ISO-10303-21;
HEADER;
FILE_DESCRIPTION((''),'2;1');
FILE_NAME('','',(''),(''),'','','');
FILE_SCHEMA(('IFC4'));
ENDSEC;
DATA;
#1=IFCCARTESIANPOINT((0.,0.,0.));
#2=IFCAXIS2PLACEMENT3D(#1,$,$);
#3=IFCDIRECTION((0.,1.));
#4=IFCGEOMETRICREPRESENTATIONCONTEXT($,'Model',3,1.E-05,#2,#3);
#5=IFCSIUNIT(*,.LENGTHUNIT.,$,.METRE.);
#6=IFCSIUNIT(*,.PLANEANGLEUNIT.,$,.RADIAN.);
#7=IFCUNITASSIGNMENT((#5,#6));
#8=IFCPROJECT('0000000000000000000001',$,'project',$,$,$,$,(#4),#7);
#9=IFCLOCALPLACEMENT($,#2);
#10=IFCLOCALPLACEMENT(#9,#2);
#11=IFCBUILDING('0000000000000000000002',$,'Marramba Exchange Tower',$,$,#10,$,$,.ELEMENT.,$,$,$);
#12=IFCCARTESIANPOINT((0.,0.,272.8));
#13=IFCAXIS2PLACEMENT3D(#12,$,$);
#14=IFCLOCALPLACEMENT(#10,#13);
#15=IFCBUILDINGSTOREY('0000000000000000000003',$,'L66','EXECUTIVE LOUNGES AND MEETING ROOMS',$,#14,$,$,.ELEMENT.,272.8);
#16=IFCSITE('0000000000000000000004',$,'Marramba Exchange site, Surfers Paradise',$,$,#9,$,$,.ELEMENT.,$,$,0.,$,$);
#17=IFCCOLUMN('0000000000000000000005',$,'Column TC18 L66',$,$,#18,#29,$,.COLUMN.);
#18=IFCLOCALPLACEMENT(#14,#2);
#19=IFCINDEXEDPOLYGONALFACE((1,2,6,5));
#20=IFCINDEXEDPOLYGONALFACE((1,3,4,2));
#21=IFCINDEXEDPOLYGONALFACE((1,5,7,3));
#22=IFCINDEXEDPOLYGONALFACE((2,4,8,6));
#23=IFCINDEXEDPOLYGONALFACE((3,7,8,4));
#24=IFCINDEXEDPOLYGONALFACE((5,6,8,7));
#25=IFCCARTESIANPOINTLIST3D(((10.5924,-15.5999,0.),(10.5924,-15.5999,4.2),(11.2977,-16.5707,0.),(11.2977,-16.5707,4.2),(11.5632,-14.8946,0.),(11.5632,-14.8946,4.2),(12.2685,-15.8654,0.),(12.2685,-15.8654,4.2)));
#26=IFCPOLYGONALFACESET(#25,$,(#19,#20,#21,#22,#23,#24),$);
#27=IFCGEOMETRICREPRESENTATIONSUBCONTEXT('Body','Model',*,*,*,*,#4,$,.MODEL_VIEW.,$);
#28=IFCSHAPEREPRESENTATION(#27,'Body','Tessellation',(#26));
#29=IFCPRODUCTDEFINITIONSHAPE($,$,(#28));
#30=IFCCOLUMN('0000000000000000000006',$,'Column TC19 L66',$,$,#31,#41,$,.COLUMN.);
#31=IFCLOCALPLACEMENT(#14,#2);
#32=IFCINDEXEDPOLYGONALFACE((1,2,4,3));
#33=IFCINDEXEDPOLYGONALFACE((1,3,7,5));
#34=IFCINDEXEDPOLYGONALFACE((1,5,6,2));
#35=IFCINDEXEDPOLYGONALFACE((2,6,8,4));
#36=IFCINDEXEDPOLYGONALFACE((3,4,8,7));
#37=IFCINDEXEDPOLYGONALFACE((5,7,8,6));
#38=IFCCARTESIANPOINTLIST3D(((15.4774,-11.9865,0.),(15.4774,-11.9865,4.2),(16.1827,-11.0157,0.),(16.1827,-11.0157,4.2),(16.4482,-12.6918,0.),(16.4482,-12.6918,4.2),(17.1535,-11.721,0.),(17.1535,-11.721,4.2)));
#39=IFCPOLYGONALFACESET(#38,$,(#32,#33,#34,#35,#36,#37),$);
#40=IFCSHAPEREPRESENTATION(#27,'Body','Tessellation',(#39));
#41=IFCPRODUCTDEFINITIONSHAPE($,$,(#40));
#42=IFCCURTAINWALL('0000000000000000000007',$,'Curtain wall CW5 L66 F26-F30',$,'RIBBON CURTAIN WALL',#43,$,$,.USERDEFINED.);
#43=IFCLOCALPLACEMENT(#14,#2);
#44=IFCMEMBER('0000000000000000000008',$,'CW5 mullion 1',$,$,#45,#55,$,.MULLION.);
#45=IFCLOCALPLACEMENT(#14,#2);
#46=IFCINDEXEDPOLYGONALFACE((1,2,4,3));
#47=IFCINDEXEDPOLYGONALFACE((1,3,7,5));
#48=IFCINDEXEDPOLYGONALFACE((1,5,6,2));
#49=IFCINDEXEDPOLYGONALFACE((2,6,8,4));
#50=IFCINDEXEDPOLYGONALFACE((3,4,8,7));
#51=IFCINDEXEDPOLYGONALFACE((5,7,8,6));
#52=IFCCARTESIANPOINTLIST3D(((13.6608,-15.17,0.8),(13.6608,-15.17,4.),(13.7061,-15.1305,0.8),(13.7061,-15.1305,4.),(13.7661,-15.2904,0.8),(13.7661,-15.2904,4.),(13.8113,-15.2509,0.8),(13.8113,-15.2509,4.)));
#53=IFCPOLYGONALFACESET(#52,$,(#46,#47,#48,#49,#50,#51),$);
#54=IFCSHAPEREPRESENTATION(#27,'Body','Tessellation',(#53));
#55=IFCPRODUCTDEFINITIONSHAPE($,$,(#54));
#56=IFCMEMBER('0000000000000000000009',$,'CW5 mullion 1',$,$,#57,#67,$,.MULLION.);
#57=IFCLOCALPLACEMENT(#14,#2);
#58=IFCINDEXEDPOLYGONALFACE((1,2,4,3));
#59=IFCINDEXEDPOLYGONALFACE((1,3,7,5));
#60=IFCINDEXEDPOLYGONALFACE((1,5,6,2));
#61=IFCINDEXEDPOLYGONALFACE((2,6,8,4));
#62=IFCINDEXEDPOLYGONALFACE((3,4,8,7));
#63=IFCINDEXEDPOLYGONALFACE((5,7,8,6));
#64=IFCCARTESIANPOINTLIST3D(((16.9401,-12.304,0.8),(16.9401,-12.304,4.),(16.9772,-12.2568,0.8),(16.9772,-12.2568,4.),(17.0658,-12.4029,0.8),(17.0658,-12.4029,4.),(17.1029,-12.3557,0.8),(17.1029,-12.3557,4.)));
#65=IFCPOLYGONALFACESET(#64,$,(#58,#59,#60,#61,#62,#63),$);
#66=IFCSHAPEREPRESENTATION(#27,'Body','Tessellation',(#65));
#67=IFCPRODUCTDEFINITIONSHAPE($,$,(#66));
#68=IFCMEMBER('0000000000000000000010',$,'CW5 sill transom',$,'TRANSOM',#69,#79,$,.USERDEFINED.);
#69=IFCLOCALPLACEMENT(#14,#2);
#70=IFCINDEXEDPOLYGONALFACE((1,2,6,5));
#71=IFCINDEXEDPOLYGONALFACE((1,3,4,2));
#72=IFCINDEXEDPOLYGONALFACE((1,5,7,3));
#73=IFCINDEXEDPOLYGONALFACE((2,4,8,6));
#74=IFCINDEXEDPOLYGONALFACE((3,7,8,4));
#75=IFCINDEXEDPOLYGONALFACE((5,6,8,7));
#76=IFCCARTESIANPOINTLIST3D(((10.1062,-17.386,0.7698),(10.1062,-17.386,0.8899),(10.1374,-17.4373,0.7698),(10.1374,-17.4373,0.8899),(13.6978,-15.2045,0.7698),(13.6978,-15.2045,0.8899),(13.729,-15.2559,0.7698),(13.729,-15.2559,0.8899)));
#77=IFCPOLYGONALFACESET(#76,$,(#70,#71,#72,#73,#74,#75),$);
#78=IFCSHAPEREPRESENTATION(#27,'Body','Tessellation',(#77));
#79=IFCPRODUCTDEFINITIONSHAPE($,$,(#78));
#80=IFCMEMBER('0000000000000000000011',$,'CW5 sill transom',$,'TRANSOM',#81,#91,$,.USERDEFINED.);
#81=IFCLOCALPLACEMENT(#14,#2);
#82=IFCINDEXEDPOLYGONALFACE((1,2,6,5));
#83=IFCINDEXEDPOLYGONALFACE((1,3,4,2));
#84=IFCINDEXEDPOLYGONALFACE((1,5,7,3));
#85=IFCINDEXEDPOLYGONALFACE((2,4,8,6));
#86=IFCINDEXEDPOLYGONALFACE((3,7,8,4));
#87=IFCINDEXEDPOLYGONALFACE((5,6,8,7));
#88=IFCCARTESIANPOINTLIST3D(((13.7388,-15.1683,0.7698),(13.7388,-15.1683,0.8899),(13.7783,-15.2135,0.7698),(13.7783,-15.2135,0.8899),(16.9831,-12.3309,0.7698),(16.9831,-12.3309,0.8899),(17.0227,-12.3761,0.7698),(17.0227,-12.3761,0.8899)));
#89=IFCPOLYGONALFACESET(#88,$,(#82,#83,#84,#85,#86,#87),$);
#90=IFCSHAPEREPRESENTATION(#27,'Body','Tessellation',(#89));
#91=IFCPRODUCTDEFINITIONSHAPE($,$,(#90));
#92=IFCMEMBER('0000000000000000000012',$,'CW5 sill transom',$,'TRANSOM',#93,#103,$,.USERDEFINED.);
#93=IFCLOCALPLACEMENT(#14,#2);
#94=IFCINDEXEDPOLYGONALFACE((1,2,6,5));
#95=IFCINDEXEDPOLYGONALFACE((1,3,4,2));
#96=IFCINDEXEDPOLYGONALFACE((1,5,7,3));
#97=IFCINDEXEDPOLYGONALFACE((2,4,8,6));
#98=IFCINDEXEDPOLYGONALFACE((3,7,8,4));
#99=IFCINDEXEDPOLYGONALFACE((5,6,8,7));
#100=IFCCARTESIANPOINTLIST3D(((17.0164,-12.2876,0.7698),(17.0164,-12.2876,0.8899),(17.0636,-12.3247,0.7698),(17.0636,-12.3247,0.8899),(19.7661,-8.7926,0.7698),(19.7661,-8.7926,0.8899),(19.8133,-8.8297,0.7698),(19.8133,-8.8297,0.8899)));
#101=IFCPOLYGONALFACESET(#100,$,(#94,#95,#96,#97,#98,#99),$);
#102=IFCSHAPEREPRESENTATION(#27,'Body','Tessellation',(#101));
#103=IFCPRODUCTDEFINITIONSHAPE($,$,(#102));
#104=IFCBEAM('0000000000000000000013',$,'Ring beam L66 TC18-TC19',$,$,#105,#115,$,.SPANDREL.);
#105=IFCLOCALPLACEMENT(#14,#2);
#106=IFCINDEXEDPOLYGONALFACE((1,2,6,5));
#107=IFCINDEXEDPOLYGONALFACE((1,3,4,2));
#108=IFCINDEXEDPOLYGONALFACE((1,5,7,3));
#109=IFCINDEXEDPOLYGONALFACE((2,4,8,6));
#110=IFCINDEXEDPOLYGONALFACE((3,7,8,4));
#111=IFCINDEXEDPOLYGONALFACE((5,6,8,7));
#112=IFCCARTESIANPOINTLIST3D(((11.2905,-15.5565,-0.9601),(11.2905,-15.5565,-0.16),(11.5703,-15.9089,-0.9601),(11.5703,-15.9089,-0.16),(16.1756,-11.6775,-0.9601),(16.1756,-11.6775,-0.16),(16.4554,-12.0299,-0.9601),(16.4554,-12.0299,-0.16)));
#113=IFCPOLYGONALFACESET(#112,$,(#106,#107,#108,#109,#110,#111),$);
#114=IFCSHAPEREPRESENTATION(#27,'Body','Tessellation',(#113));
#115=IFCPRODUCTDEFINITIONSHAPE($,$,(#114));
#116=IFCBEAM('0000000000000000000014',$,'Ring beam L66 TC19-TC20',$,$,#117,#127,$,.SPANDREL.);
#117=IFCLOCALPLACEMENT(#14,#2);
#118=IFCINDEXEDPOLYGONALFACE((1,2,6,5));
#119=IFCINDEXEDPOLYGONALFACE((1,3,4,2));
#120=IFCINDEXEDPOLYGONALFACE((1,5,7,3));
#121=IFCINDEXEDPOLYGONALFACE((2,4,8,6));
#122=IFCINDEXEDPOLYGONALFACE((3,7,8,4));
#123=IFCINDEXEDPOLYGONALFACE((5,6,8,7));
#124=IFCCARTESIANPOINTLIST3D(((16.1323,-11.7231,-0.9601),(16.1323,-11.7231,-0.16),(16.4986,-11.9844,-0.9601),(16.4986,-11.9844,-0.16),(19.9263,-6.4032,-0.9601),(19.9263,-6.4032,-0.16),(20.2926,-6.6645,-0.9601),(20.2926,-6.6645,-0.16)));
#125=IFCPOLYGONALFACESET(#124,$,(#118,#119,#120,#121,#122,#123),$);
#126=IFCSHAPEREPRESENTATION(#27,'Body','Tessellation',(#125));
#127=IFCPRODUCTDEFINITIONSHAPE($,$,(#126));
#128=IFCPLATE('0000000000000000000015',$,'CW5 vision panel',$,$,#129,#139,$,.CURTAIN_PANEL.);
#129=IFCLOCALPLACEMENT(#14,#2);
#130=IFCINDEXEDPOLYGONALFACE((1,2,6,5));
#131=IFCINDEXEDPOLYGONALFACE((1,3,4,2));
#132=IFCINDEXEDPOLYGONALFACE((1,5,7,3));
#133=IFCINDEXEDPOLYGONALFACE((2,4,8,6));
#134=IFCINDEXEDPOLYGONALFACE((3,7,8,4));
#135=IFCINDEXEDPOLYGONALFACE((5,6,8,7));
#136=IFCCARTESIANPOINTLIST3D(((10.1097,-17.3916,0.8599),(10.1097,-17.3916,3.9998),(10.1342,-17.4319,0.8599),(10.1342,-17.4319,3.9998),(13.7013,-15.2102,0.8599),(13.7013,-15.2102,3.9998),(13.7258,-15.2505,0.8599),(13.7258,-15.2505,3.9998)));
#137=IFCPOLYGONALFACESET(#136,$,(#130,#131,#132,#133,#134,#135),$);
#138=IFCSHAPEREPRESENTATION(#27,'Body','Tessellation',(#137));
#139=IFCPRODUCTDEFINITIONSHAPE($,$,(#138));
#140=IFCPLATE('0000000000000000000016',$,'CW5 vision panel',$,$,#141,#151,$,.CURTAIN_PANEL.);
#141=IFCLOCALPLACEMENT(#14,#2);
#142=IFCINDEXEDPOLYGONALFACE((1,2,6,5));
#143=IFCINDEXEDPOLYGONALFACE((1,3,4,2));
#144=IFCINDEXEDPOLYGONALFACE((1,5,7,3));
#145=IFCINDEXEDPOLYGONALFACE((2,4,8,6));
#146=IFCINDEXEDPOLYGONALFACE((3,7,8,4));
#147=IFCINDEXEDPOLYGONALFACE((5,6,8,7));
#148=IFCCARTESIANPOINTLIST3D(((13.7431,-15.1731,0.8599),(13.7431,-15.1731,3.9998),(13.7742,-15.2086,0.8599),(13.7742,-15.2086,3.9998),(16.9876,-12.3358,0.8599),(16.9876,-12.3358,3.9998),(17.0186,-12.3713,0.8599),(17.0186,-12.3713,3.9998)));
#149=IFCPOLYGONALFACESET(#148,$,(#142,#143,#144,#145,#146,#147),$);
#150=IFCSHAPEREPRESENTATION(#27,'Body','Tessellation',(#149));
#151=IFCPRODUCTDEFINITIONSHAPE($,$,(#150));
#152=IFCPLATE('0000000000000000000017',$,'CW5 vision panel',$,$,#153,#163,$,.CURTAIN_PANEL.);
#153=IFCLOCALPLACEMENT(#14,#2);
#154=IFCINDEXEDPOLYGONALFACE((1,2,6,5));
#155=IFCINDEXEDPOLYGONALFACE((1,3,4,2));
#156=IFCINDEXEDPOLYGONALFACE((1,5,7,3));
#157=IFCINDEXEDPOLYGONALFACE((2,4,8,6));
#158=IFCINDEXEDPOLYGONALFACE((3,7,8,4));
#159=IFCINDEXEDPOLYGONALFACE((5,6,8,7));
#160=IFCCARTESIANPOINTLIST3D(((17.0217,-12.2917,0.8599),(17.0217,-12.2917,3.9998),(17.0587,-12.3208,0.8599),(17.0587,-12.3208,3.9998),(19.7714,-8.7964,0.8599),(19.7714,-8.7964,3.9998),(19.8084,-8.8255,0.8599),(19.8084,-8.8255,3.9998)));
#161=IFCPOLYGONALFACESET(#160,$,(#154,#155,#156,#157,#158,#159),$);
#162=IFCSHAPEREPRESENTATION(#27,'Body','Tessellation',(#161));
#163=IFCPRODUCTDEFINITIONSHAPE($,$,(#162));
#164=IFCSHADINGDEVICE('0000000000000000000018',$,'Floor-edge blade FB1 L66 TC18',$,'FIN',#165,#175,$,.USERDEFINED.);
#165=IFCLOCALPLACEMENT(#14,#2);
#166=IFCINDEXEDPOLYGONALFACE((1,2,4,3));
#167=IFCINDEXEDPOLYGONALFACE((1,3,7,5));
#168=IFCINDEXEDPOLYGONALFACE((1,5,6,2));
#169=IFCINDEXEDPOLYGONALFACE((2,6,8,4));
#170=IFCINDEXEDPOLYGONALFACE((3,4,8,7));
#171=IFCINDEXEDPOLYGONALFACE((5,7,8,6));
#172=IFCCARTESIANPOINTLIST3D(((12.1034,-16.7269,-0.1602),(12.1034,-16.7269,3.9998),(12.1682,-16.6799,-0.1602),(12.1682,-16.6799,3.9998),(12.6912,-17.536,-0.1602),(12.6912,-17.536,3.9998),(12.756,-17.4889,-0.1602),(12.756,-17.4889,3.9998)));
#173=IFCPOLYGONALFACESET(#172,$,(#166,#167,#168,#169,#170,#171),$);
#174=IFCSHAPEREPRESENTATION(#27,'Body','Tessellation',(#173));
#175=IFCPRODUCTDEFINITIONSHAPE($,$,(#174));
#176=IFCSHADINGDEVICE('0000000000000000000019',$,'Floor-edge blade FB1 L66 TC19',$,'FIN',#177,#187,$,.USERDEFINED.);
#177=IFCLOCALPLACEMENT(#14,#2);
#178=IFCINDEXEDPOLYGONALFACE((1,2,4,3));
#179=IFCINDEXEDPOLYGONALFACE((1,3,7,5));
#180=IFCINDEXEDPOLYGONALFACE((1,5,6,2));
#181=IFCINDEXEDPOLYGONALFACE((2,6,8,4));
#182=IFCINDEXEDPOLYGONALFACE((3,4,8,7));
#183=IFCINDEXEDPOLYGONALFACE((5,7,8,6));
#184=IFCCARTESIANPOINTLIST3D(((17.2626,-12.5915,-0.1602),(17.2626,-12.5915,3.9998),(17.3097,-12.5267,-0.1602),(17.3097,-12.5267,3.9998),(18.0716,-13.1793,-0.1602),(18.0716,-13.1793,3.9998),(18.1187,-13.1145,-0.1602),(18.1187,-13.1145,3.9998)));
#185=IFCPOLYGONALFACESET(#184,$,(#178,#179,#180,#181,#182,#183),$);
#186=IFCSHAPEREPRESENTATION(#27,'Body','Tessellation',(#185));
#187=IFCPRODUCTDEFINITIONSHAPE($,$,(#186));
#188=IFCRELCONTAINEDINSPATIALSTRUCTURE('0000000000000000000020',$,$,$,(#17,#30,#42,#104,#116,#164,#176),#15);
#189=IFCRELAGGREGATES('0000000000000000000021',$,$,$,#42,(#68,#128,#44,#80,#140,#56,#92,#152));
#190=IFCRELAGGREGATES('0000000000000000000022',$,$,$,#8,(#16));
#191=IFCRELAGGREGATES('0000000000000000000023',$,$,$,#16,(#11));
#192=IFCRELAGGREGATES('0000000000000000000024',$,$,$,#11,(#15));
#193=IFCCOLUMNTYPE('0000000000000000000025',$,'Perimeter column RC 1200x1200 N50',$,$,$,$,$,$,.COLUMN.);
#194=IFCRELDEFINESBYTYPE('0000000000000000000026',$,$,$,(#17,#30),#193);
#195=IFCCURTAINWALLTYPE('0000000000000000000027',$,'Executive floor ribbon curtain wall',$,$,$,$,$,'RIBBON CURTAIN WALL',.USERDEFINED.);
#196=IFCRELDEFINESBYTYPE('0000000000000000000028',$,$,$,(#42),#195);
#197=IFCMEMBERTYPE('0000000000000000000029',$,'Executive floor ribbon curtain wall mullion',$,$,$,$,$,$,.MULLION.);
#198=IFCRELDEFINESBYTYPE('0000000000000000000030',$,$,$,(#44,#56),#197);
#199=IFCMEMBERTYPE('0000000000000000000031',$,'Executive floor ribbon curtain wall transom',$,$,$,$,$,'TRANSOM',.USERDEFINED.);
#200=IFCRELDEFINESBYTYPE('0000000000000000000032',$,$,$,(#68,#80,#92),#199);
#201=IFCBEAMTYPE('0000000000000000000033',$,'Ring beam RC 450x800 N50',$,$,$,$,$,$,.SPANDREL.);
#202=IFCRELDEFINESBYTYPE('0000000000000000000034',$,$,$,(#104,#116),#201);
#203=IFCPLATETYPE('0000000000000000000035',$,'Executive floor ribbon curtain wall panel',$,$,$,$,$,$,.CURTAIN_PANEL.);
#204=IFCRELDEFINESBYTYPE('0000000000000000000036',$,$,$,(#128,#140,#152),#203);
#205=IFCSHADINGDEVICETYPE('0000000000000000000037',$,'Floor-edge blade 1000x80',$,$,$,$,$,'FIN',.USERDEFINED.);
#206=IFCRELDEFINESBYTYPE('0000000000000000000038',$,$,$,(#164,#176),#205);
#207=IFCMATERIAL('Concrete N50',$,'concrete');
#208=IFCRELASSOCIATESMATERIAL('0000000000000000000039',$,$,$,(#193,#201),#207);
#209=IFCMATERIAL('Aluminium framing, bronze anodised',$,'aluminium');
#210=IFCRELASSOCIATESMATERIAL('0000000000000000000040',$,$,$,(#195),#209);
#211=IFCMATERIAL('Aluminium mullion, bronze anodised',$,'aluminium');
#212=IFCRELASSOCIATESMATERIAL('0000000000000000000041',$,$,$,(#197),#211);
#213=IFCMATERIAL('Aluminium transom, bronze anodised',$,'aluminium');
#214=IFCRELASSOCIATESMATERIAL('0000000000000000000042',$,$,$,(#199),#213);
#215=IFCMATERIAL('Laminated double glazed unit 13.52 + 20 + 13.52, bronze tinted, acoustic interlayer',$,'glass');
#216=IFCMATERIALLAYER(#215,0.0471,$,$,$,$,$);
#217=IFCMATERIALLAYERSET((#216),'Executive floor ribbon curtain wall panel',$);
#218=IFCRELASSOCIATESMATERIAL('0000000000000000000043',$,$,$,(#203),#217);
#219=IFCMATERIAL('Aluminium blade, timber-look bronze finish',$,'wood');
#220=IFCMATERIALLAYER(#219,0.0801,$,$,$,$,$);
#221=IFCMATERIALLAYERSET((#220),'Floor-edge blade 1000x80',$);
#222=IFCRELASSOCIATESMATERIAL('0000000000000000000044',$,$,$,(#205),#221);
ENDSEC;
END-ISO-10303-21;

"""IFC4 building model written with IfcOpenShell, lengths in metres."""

from ifc_helpers import new_model, si_unit, direction, frame, origin, origin_2d, place, context, subcontext, project, spatial, rectangle, extrude, material, layer, layer_set, material_profile, profile_set, type_object, element, aggregate, save


model = new_model("IFC4")

# Units and contexts
model_context = context("Model", 3, precision=1e-05, world=origin(), true_north=direction((0.0, 1.0)))
body_context = subcontext(model_context, "Body", "Model", "MODEL_VIEW")
ifc_project = project(units=[si_unit("LENGTHUNIT", "METRE"), si_unit("PLANEANGLEUNIT", "RADIAN")], contexts=[model_context])

# Site, building, storey
site_placement = place(None, origin())
site = spatial("IfcSite", under=ifc_project, at=site_placement, Name="Marramba Exchange site, Surfers Paradise", CompositionType="ELEMENT", RefElevation=0.0)
building_placement = place(site_placement, origin())
building = spatial("IfcBuilding", under=site, at=building_placement, Name="Marramba Exchange Tower", CompositionType="ELEMENT")
storey_placement = place(building_placement, frame((0.0, 0.0, 272.8)))
storey = spatial("IfcBuildingStorey", under=building, at=storey_placement, Name="L66", Description="EXECUTIVE LOUNGES AND MEETING ROOMS", CompositionType="ELEMENT", Elevation=272.8)

# Columns
ifc_material_1 = material(Name="Concrete N50", Category="concrete")
ifc_material_profile_1 = material_profile(ifc_material_1, rectangle(XDim=1.2, YDim=1.2, at=origin_2d()), Name="RC 1200x1200")
ifc_profile_set_1 = profile_set([ifc_material_profile_1], Name="Concrete N50")
column_type = type_object("IfcColumnType", Name="Perimeter column RC 1200x1200 N50", PredefinedType="COLUMN", material=ifc_profile_set_1)
for number, where, z_axis, x_axis, name in (
    (1, (11.4304, -15.7327, 0.0), (0.0, 0.0, 1.0), (0.587785, -0.809017, 0.0), "Column TC18 L66"),
    (2, (16.3154, -11.8538, 0.0), (0.0, 0.0, 1.0), (0.809017, -0.587785, 0.0), "Column TC19 L66"),
):
    element("IfcColumn", number, at=place(storey_placement, frame(where, z_axis=z_axis, x_axis=x_axis)), inside=storey, type_object=column_type, Name=name, PredefinedType="COLUMN", context=body_context, shape_type="SweptSolid", body=[
        extrude(rectangle(XDim=1.2, YDim=1.2, at=origin_2d()), origin(), (0.0, 0.0, 1.0), 4.2),
    ])

# Curtain wall, members
ifc_material_2 = material(Name="Aluminium framing, bronze anodised", Category="aluminium")
curtain_wall_type = type_object("IfcCurtainWallType", Name="Executive floor ribbon curtain wall", ElementType="RIBBON CURTAIN WALL", PredefinedType="USERDEFINED", material=ifc_material_2)
curtain_wall_placement = place(storey_placement, origin())
curtain_wall = element("IfcCurtainWall", 3, at=curtain_wall_placement, inside=storey, type_object=curtain_wall_type, Name="Curtain wall CW5 L66 F26-F30", ObjectType="RIBBON CURTAIN WALL", PredefinedType="USERDEFINED")
ifc_material_3 = material(Name="Aluminium mullion, bronze anodised", Category="aluminium")
ifc_material_profile_2 = material_profile(ifc_material_3, rectangle(XDim=0.1599, YDim=0.0601, at=origin_2d()), Name="CW5 mullion 60x160")
ifc_profile_set_2 = profile_set([ifc_material_profile_2], Name="Aluminium mullion, bronze anodised")
member_type_1 = type_object("IfcMemberType", Name="Executive floor ribbon curtain wall mullion", PredefinedType="MULLION", material=ifc_profile_set_2)
member_1_placement = place(storey_placement, frame((13.7361, -15.2104, 0.8), z_axis=(0.0, 0.0, 1.0), x_axis=(-0.658305, 0.752751, 0.0)))
member_1 = element("IfcMember", 4, at=member_1_placement, type_object=member_type_1, Name="CW5 mullion 1", PredefinedType="MULLION", context=body_context, shape_type="SweptSolid", body=[
    extrude(rectangle(XDim=0.1599, YDim=0.0601, at=origin_2d()), origin(), (0.0, 0.0, 1.0), 3.2),
])
member_2_placement = place(storey_placement, frame((17.0215, -12.3298, 0.8), z_axis=(0.0, 0.0, 1.0), x_axis=(-0.78595, 0.618291, 0.0)))
member_2 = element("IfcMember", 5, at=member_2_placement, type_object=member_type_1, Name="CW5 mullion 1", PredefinedType="MULLION", context=body_context, shape_type="SweptSolid", body=[
    extrude(rectangle(XDim=0.1599, YDim=0.0601, at=origin_2d()), origin(), (0.0, 0.0, 1.0), 3.2),
])
ifc_material_4 = material(Name="Aluminium transom, bronze anodised", Category="aluminium")
ifc_material_profile_3 = material_profile(ifc_material_4, rectangle(XDim=0.0601, YDim=0.1201, at=origin_2d()), Name="CW5 transom 60x120")
ifc_profile_set_3 = profile_set([ifc_material_profile_3], Name="Aluminium transom, bronze anodised")
member_type_2 = type_object("IfcMemberType", Name="Executive floor ribbon curtain wall transom", ElementType="TRANSOM", PredefinedType="USERDEFINED", material=ifc_profile_set_3)
member_3_placement = place(storey_placement, frame((10.1218, -17.4116, 0.8298), z_axis=(0.854702, 0.519119, 0.0), x_axis=(-0.519119, 0.854702, 0.0)))
member_3 = element("IfcMember", 6, at=member_3_placement, type_object=member_type_2, Name="CW5 sill transom", ObjectType="TRANSOM", PredefinedType="USERDEFINED", context=body_context, shape_type="SweptSolid", body=[
    extrude(rectangle(XDim=0.0601, YDim=0.1201, at=origin_2d()), origin(), (0.0, 0.0, 1.0), 4.2021),
])
member_4_placement = place(storey_placement, frame((13.7585, -15.1909, 0.8298), z_axis=(0.752742, 0.658316, 0.0), x_axis=(-0.658316, 0.752742, 0.0)))
member_4 = element("IfcMember", 7, at=member_4_placement, type_object=member_type_2, Name="CW5 sill transom", ObjectType="TRANSOM", PredefinedType="USERDEFINED", context=body_context, shape_type="SweptSolid", body=[
    extrude(rectangle(XDim=0.0601, YDim=0.1201, at=origin_2d()), origin(), (0.0, 0.0, 1.0), 4.3101),
])
member_5_placement = place(storey_placement, frame((17.04, -12.3062, 0.8298), z_axis=(0.618321, 0.785926, 0.0), x_axis=(-0.785926, 0.618321, 0.0)))
member_5 = element("IfcMember", 8, at=member_5_placement, type_object=member_type_2, Name="CW5 sill transom", ObjectType="TRANSOM", PredefinedType="USERDEFINED", context=body_context, shape_type="SweptSolid", body=[
    extrude(rectangle(XDim=0.0601, YDim=0.1201, at=origin_2d()), origin(), (0.0, 0.0, 1.0), 4.447),
])

# Beams
ifc_material_profile_4 = material_profile(ifc_material_1, rectangle(XDim=0.45, YDim=0.8, at=origin_2d()), Name="RC 450x800")
ifc_profile_set_4 = profile_set([ifc_material_profile_4], Name="Concrete N50")
beam_type = type_object("IfcBeamType", Name="Ring beam RC 450x800 N50", PredefinedType="SPANDREL", material=ifc_profile_set_4)
beam_1_placement = place(storey_placement, frame((11.4304, -15.7327, -0.5601), z_axis=(0.783139, 0.621846, 0.0), x_axis=(-0.621846, 0.783139, 0.0)))
element("IfcBeam", 9, at=beam_1_placement, inside=storey, type_object=beam_type, Name="Ring beam L66 TC18-TC19", PredefinedType="SPANDREL", context=body_context, shape_type="SweptSolid", body=[
    extrude(rectangle(XDim=0.45, YDim=0.8, at=origin_2d()), origin(), (0.0, 0.0, 1.0), 6.2378),
])
beam_2_placement = place(storey_placement, frame((16.3154, -11.8538, -0.5601), z_axis=(0.580637, 0.814162, 0.0), x_axis=(-0.814162, 0.580637, 0.0)))
element("IfcBeam", 10, at=beam_2_placement, inside=storey, type_object=beam_type, Name="Ring beam L66 TC19-TC20", PredefinedType="SPANDREL", context=body_context, shape_type="SweptSolid", body=[
    extrude(rectangle(XDim=0.45, YDim=0.8, at=origin_2d()), origin(), (0.0, 0.0, 1.0), 6.5342),
])

# Plates
ifc_material_5 = material(Name="Laminated double glazed unit 13.52 + 20 + 13.52, bronze tinted, acoustic interlayer", Category="glass")
ifc_layer_1 = layer(ifc_material_5, 0.0471)
ifc_layer_set_1 = layer_set([ifc_layer_1], Name="Executive floor ribbon curtain wall panel")
plate_type = type_object("IfcPlateType", Name="Executive floor ribbon curtain wall panel", PredefinedType="CURTAIN_PANEL", material=ifc_layer_set_1)
plate_1_placement = place(storey_placement, frame((11.9177, -16.321, 0.8599), z_axis=(0.0, 0.0, 1.0), x_axis=(0.854704, 0.519115, 0.0)))
plate_1 = element("IfcPlate", 11, at=plate_1_placement, type_object=plate_type, Name="CW5 vision panel", PredefinedType="CURTAIN_PANEL", context=body_context, shape_type="SweptSolid", body=[
    extrude(rectangle(XDim=4.2021, YDim=0.0471, at=origin_2d()), origin(), (0.0, 0.0, 1.0), 3.1399),
])
plate_2_placement = place(storey_placement, frame((15.3809, -13.7722, 0.8599), z_axis=(0.0, 0.0, 1.0), x_axis=(0.752751, 0.658305, 0.0)))
plate_2 = element("IfcPlate", 12, at=plate_2_placement, type_object=plate_type, Name="CW5 vision panel", PredefinedType="CURTAIN_PANEL", context=body_context, shape_type="SweptSolid", body=[
    extrude(rectangle(XDim=4.3101, YDim=0.0471, at=origin_2d()), origin(), (0.0, 0.0, 1.0), 3.1399),
])
plate_3_placement = place(storey_placement, frame((18.415, -10.5586, 0.8599), z_axis=(0.0, 0.0, 1.0), x_axis=(0.618291, 0.78595, 0.0)))
plate_3 = element("IfcPlate", 13, at=plate_3_placement, type_object=plate_type, Name="CW5 vision panel", PredefinedType="CURTAIN_PANEL", context=body_context, shape_type="SweptSolid", body=[
    extrude(rectangle(XDim=4.4473, YDim=0.0471, at=origin_2d()), origin(), (0.0, 0.0, 1.0), 3.1399),
])
aggregate(curtain_wall, [member_3, plate_1, member_1, member_4, plate_2, member_2, member_5, plate_3])

# Shading devices
ifc_material_6 = material(Name="Aluminium blade, timber-look bronze finish", Category="wood")
ifc_layer_2 = layer(ifc_material_6, 0.0801)
ifc_layer_set_2 = layer_set([ifc_layer_2], Name="Floor-edge blade 1000x80")
shading_device_type_1 = type_object("IfcShadingDeviceType", Name="Floor-edge blade 1000x80", ElementType="FIN", PredefinedType="USERDEFINED", material=ifc_layer_set_2)
for number, where, z_axis, x_axis, name in (
    (14, (12.4297, -17.1079, -0.1602), (0.0, 0.0, 1.0), (0.587785, -0.809017, 0.0), "Floor-edge blade FB1 L66 TC18"),
    (15, (17.6907, -12.853, -0.1602), (0.0, 0.0, 1.0), (0.809017, -0.587785, 0.0), "Floor-edge blade FB1 L66 TC19"),
):
    element("IfcShadingDevice", number, at=place(storey_placement, frame(where, z_axis=z_axis, x_axis=x_axis)), inside=storey, type_object=shading_device_type_1, Name=name, ObjectType="FIN", PredefinedType="USERDEFINED", context=body_context, shape_type="SweptSolid", body=[
        extrude(rectangle(XDim=1.0, YDim=0.0801, at=origin_2d()), origin(), (0.0, 0.0, 1.0), 4.1599),
    ])

save(model, "model.ifc")
